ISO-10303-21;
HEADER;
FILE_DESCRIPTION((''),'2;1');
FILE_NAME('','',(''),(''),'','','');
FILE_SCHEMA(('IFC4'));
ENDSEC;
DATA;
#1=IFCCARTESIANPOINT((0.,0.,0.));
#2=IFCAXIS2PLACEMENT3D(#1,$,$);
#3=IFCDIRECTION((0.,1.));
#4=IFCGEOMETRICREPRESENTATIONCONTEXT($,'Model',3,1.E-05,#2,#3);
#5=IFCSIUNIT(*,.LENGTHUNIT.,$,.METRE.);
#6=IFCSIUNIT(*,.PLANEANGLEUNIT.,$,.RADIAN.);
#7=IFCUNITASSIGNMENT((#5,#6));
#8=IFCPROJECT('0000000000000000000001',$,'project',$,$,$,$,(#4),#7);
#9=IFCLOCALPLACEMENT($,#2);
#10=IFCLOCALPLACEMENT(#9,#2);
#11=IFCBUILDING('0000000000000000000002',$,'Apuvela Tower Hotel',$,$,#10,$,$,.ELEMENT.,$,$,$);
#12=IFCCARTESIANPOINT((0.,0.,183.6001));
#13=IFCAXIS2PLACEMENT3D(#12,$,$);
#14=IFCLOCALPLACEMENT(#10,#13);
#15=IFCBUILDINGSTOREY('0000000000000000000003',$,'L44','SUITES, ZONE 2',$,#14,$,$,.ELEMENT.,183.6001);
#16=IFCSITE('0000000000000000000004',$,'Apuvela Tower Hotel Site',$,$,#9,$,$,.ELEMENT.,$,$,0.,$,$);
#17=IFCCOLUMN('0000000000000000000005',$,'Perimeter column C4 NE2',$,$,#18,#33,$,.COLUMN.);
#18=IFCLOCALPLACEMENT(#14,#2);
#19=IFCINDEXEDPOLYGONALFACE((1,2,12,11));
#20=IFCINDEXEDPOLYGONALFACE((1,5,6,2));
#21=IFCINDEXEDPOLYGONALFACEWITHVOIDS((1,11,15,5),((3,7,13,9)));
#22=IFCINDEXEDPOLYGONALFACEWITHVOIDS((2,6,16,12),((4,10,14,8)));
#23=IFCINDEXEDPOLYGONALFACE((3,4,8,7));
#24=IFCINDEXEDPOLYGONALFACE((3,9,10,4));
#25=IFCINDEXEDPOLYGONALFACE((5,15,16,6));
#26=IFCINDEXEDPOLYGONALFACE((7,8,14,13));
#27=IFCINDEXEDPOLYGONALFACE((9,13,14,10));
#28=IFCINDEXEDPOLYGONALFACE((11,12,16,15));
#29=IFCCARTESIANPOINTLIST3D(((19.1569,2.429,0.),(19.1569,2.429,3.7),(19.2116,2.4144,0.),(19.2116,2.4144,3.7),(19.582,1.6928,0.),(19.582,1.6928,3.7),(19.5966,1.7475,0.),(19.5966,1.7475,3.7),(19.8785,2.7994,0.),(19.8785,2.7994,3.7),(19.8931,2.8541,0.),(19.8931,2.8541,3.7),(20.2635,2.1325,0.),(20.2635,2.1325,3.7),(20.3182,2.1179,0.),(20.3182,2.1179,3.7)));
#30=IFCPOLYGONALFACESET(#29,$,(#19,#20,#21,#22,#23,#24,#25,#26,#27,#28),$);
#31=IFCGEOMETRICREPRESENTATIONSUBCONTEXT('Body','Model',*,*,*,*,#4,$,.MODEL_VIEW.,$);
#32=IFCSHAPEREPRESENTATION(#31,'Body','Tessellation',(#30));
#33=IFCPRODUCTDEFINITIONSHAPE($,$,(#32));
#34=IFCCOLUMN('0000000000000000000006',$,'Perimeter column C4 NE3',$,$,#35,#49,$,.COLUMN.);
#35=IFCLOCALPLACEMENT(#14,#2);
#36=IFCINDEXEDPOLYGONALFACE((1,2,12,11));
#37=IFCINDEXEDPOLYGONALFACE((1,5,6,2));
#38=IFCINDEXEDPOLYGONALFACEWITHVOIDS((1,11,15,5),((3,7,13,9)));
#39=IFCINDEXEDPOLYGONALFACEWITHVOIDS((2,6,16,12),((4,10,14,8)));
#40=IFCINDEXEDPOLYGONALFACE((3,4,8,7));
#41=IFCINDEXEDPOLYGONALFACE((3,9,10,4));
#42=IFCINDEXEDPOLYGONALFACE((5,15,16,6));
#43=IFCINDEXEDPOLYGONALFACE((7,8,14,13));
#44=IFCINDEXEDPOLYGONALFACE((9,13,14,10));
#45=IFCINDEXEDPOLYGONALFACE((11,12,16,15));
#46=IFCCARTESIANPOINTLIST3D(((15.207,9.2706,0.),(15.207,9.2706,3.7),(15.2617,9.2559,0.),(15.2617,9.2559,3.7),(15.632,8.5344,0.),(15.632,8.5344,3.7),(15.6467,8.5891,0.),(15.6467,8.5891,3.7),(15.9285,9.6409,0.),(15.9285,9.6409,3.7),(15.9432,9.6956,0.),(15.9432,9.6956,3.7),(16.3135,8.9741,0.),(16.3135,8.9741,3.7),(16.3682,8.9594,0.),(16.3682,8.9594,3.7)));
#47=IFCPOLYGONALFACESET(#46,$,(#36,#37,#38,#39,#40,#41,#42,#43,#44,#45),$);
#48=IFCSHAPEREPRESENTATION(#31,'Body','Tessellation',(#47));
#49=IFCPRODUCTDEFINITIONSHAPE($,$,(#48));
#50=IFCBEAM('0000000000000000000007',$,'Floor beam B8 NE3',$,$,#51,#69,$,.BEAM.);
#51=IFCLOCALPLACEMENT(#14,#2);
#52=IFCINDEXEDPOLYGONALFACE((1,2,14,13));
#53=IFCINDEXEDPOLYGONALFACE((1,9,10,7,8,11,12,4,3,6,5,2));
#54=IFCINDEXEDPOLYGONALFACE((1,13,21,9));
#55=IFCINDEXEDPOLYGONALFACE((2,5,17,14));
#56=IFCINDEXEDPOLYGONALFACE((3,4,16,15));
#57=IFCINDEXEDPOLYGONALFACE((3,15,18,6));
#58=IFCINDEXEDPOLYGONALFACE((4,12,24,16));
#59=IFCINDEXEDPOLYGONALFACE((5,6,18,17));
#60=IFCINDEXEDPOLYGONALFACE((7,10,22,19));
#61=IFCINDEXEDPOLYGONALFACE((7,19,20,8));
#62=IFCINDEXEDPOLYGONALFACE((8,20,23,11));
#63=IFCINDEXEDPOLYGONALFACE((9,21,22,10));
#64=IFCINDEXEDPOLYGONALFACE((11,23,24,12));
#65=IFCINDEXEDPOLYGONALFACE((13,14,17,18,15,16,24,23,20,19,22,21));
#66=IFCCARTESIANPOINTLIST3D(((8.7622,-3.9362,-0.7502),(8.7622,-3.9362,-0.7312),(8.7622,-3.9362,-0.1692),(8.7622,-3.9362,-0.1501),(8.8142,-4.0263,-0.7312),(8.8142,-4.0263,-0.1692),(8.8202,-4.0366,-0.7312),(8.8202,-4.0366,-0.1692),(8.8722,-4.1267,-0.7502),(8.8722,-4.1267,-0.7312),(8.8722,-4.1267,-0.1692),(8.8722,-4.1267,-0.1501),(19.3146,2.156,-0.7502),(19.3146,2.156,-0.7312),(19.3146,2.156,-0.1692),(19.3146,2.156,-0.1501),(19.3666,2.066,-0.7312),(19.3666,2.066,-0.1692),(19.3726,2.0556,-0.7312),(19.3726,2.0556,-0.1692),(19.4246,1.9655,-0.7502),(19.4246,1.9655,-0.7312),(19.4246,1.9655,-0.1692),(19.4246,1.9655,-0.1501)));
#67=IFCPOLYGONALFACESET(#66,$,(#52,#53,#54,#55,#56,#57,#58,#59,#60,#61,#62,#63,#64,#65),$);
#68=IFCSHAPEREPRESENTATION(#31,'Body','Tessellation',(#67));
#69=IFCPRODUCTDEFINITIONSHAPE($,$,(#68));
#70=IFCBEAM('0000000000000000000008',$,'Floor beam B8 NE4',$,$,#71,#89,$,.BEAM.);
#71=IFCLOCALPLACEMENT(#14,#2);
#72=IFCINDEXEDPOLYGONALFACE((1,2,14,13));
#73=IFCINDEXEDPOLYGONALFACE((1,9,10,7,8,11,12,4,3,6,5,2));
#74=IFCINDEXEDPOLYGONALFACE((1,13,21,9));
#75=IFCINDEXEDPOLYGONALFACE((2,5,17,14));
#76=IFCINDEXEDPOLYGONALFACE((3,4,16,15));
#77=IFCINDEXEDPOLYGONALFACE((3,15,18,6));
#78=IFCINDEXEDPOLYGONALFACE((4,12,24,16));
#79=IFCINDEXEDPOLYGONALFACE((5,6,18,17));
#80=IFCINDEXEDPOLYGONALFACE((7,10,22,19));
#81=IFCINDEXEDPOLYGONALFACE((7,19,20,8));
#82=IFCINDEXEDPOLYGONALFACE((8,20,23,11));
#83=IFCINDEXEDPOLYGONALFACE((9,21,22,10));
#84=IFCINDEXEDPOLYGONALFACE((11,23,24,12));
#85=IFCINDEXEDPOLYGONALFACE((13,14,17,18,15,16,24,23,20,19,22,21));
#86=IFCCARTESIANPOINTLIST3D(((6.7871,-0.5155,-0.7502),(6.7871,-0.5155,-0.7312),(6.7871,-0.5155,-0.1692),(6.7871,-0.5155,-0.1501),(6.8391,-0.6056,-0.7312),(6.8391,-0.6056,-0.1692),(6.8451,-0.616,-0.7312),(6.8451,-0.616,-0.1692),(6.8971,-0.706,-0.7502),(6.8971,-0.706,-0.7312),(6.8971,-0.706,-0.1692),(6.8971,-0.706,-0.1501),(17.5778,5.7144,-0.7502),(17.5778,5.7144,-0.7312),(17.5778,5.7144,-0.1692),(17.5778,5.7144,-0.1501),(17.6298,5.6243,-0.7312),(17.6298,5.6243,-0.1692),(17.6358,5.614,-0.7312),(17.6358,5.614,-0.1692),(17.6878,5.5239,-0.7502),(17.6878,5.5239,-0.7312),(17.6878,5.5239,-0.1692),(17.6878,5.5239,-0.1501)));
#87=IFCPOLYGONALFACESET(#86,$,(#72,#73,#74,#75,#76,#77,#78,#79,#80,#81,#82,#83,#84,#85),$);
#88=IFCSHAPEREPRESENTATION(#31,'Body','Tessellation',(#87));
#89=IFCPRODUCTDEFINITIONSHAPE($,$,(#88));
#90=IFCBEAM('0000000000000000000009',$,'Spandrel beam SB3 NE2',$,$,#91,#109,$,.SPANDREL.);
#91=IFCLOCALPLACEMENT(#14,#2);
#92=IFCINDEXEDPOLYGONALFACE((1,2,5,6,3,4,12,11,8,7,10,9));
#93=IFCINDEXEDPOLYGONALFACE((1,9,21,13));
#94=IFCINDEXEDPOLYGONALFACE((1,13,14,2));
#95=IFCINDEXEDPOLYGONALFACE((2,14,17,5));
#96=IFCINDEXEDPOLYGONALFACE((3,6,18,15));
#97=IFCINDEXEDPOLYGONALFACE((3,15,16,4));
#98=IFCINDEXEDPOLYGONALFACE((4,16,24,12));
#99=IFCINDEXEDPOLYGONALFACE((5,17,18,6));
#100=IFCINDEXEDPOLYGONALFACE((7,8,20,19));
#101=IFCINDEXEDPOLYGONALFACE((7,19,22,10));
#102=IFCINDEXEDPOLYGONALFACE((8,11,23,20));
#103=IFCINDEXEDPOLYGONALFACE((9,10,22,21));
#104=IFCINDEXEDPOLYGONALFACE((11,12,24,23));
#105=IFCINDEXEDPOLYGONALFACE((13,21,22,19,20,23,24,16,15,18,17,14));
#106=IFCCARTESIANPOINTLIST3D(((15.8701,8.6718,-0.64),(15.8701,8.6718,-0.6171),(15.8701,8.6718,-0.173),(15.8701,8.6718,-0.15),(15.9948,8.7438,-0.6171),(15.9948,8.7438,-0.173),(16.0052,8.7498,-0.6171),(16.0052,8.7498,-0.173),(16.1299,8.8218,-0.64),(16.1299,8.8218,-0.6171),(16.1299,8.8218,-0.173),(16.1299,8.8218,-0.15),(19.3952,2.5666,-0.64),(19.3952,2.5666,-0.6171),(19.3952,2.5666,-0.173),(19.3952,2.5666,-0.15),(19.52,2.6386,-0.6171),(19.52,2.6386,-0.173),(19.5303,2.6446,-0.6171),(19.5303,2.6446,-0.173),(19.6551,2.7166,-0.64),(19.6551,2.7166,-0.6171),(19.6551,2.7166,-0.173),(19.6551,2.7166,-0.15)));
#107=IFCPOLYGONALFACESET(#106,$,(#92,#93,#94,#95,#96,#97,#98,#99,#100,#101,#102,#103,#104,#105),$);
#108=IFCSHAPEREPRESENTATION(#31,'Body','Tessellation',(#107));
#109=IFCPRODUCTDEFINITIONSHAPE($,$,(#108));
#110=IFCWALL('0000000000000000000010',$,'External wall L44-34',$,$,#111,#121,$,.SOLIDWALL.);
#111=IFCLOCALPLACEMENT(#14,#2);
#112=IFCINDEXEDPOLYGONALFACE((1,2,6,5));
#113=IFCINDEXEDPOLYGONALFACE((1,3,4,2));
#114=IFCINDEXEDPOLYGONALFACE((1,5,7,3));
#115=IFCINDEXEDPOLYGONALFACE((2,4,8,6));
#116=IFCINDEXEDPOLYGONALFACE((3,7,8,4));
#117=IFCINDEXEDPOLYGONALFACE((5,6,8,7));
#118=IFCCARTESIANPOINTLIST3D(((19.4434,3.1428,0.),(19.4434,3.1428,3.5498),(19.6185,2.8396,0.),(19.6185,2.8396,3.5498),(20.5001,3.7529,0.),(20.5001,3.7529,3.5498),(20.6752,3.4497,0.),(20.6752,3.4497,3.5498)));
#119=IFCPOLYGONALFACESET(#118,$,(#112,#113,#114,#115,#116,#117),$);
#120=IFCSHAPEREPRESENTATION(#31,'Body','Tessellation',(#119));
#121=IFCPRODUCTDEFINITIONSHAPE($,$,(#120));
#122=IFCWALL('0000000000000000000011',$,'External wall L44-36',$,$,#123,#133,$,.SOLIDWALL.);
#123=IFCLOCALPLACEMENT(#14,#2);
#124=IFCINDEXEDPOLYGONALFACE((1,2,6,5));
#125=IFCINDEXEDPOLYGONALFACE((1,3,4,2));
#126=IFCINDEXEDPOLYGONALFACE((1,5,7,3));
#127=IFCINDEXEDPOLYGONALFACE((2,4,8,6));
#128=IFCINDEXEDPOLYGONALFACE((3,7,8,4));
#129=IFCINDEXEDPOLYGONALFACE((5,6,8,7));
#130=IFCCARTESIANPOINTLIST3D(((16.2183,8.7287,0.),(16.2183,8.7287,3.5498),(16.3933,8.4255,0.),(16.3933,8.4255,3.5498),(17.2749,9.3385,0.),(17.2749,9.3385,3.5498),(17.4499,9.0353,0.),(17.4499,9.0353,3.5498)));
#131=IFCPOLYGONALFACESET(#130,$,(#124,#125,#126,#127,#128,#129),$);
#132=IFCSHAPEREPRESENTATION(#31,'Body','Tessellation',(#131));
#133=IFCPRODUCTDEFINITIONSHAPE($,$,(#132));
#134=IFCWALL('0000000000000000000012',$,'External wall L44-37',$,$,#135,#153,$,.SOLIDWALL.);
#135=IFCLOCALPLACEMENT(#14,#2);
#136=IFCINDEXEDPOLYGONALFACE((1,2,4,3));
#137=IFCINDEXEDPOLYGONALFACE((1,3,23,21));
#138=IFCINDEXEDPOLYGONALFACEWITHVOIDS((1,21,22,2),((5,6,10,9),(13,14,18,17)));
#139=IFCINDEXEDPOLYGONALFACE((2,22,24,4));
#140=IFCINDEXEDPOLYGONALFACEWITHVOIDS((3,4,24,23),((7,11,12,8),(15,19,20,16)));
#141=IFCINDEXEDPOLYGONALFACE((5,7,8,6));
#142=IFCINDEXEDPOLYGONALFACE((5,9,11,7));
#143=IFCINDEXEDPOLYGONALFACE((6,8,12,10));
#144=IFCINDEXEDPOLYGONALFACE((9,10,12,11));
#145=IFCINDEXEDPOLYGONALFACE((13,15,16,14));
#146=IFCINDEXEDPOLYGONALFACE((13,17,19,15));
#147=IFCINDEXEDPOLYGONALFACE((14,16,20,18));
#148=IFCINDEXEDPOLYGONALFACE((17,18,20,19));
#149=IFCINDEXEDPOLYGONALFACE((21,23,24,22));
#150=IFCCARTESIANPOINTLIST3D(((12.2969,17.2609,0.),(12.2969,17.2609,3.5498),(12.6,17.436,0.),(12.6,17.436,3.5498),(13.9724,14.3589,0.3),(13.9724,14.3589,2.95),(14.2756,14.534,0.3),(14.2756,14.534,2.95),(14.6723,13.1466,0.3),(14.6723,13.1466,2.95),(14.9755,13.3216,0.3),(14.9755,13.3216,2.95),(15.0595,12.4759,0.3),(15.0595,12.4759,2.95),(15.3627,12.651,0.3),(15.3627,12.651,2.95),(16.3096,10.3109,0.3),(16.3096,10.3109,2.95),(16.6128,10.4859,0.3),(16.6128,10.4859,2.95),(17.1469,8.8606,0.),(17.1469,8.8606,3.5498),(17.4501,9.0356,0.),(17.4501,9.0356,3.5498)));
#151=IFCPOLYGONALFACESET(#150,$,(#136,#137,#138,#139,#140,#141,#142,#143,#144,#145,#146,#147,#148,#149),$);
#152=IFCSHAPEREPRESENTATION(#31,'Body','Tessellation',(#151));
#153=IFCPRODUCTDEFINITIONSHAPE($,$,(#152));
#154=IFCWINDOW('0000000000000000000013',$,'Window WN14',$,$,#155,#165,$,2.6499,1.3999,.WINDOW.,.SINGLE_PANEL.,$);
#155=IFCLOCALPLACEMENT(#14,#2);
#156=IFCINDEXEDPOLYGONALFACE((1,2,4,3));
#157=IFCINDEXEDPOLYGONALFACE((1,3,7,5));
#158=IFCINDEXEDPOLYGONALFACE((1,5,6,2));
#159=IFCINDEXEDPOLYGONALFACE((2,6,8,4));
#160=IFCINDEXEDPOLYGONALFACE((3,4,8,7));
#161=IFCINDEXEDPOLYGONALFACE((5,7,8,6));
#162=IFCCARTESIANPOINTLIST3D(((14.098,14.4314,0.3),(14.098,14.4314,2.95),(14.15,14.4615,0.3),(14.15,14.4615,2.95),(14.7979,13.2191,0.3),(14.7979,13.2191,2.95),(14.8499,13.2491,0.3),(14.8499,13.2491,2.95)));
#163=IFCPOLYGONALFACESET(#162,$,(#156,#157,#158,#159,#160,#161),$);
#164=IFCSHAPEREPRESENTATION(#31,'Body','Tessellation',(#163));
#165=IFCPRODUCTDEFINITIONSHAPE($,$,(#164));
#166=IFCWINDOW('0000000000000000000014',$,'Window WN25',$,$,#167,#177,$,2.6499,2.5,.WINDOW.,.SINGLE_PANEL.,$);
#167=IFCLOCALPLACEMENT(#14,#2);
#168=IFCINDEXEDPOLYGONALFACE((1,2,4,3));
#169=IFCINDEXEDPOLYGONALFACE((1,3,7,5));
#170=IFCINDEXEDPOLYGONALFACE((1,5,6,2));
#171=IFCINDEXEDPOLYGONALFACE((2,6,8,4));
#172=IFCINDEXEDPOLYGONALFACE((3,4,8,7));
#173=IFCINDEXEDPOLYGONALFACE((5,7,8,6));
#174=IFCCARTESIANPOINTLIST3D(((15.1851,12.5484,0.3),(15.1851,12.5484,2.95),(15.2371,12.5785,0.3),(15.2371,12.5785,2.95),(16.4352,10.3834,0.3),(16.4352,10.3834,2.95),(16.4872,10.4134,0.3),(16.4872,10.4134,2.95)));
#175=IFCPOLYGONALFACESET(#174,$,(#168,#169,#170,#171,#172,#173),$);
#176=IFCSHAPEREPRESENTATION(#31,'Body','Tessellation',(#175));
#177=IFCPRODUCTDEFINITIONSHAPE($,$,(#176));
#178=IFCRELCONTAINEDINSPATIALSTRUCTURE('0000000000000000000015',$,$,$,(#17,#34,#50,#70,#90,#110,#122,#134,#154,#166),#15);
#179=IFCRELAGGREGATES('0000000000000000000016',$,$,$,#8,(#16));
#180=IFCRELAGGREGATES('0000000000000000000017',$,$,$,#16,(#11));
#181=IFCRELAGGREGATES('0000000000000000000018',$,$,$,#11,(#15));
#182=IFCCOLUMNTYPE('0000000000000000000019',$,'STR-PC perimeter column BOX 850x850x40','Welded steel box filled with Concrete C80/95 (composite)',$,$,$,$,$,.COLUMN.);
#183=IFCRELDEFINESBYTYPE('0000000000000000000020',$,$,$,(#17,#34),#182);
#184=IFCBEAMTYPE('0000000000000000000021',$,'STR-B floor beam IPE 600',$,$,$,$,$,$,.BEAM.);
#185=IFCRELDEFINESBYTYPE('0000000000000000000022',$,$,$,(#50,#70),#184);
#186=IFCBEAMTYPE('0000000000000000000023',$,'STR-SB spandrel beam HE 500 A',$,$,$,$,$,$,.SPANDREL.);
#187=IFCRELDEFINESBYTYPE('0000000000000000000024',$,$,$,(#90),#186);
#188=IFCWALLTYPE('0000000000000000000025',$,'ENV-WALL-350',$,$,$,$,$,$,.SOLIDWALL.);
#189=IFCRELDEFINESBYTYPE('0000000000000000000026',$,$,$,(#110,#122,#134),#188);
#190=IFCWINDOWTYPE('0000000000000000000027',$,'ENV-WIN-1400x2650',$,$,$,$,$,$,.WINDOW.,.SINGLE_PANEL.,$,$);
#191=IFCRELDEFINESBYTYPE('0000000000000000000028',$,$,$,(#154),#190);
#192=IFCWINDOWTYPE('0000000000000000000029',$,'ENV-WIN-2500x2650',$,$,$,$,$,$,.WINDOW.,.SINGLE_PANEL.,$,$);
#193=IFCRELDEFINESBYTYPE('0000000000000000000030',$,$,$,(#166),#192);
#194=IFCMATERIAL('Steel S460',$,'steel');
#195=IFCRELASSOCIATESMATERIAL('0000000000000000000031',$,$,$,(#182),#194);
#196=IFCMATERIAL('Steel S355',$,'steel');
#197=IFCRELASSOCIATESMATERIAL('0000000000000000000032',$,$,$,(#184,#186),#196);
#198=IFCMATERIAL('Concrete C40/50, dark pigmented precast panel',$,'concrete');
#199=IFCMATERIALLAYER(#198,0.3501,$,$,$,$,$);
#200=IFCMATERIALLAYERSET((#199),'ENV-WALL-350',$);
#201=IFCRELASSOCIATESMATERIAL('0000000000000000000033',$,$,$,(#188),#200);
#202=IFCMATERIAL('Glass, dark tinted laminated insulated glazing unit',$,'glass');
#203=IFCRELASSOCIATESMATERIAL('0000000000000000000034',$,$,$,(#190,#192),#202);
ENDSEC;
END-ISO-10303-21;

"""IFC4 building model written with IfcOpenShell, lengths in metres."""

from ifc_helpers import new_model, si_unit, direction, frame, frame_2d, origin, origin_2d, place, context, subcontext, project, spatial, rectangle, hollow_rectangle, i_section, extrude, material, layer, layer_set, material_profile, profile_set, type_object, element, fill, save


model = new_model("IFC4")

# Units and contexts
model_context = context("Model", 3, precision=1e-05, world=origin(), true_north=direction((0.0, 1.0)))
body_context = subcontext(model_context, "Body", "Model", "MODEL_VIEW")
ifc_project = project(units=[si_unit("LENGTHUNIT", "METRE"), si_unit("PLANEANGLEUNIT", "RADIAN")], contexts=[model_context])

# Site, building, storey
site_placement = place(None, origin())
site = spatial("IfcSite", under=ifc_project, at=site_placement, Name="Apuvela Tower Hotel Site", CompositionType="ELEMENT", RefElevation=0.0)
building_placement = place(site_placement, origin())
building = spatial("IfcBuilding", under=site, at=building_placement, Name="Apuvela Tower Hotel", CompositionType="ELEMENT")
storey_placement = place(building_placement, frame((0.0, 0.0, 183.6001)))
storey = spatial("IfcBuildingStorey", under=building, at=storey_placement, Name="L44", Description="SUITES, ZONE 2", CompositionType="ELEMENT", Elevation=183.6001)

# Columns
ifc_material_1 = material(Name="Steel S460", Category="steel")
ifc_material_profile_1 = material_profile(ifc_material_1, hollow_rectangle(XDim=0.8501, YDim=0.8501, WallThickness=0.04, at=origin_2d()), Name="BOX 850x850x40")
ifc_material_2 = material(Name="Concrete C80/95", Category="concrete")
ifc_material_profile_2 = material_profile(ifc_material_2, rectangle(XDim=0.77, YDim=0.77, at=origin_2d()), Name="Concrete C80/95 infill")
ifc_profile_set_1 = profile_set([ifc_material_profile_1, ifc_material_profile_2], Name="Steel S460")
column_type = type_object("IfcColumnType", Name="STR-PC perimeter column BOX 850x850x40", Description="Welded steel box filled with Concrete C80/95 (composite)", PredefinedType="COLUMN", material=ifc_profile_set_1)
for number, where, z_axis, x_axis, name in (
    (1, (19.7375, 2.2734, 0.0), (0.0, 0.0, 1.0), (-0.5, 0.866025, 0.0), "Perimeter column C4 NE2"),
    (2, (15.7876, 9.115, 0.0), (0.0, 0.0, 1.0), (-0.5, 0.866025, 0.0), "Perimeter column C4 NE3"),
):
    element("IfcColumn", number, at=place(storey_placement, frame(where, z_axis=z_axis, x_axis=x_axis)), inside=storey, type_object=column_type, Name=name, PredefinedType="COLUMN", context=body_context, shape_type="SweptSolid", body=[
        extrude(hollow_rectangle(XDim=0.8501, YDim=0.8501, WallThickness=0.04, at=origin_2d()), origin(), (0.0, 0.0, 1.0), 3.7),
    ])

# Beams
ifc_material_3 = material(Name="Steel S355", Category="steel")
ifc_material_profile_3 = material_profile(ifc_material_3, i_section(OverallWidth=0.22, OverallDepth=0.6001, WebThickness=0.012, FlangeThickness=0.019, at=origin_2d()), Name="IPE 600")
ifc_profile_set_2 = profile_set([ifc_material_profile_3], Name="Steel S355")
beam_type_1 = type_object("IfcBeamType", Name="STR-B floor beam IPE 600", PredefinedType="BEAM", material=ifc_profile_set_2)
beam_1_placement = place(storey_placement, frame((19.3696, 2.0608, -0.4502), z_axis=(-0.866032, -0.499988, 0.0), x_axis=(0.499988, -0.866032, 0.0)))
element("IfcBeam", 3, at=beam_1_placement, inside=storey, type_object=beam_type_1, Name="Floor beam B8 NE3", PredefinedType="BEAM", context=body_context, shape_type="SweptSolid", body=[
    extrude(i_section(OverallWidth=0.22, OverallDepth=0.6001, WebThickness=0.012, FlangeThickness=0.019, at=origin_2d()), origin(), (0.0, 0.0, 1.0), 12.1848),
])
beam_2_placement = place(storey_placement, frame((17.6328, 5.6191, -0.4502), z_axis=(-0.866028, -0.499996, 0.0), x_axis=(0.499996, -0.866028, 0.0)))
element("IfcBeam", 4, at=beam_2_placement, inside=storey, type_object=beam_type_1, Name="Floor beam B8 NE4", PredefinedType="BEAM", context=body_context, shape_type="SweptSolid", body=[
    extrude(i_section(OverallWidth=0.22, OverallDepth=0.6001, WebThickness=0.012, FlangeThickness=0.019, at=origin_2d()), origin(), (0.0, 0.0, 1.0), 12.46),
])
ifc_material_profile_4 = material_profile(ifc_material_3, i_section(OverallWidth=0.3, OverallDepth=0.49, WebThickness=0.012, FlangeThickness=0.0229, at=origin_2d()), Name="HE 500 A")
ifc_profile_set_3 = profile_set([ifc_material_profile_4], Name="Steel S355")
beam_type_2 = type_object("IfcBeamType", Name="STR-SB spandrel beam HE 500 A", PredefinedType="SPANDREL", material=ifc_profile_set_3)
beam_3_placement = place(storey_placement, frame((19.5251, 2.6416, -0.395), z_axis=(-0.500031, 0.866007, 0.0), x_axis=(-0.866007, -0.500031, 0.0)))
element("IfcBeam", 5, at=beam_3_placement, inside=storey, type_object=beam_type_2, Name="Spandrel beam SB3 NE2", PredefinedType="SPANDREL", context=body_context, shape_type="SweptSolid", body=[
    extrude(i_section(OverallWidth=0.3, OverallDepth=0.49, WebThickness=0.012, FlangeThickness=0.0229, at=origin_2d()), origin(), (0.0, 0.0, 1.0), 7.0498),
])

# Wall
ifc_material_4 = material(Name="Concrete C40/50, dark pigmented precast panel", Category="concrete")
ifc_layer_1 = layer(ifc_material_4, 0.3501)
ifc_layer_set_1 = layer_set([ifc_layer_1], Name="ENV-WALL-350")
wall_type_1 = type_object("IfcWallType", Name="ENV-WALL-350", PredefinedType="SOLIDWALL", material=ifc_layer_set_1)
wall_1_placement = place(storey_placement, frame((20.5876, 3.6013, 0.0), z_axis=(0.0, 0.0, 1.0), x_axis=(-0.866006, -0.500034, 0.0)))
element("IfcWall", 6, at=wall_1_placement, inside=storey, type_object=wall_type_1, Name="External wall L44-34", PredefinedType="SOLIDWALL", context=body_context, shape_type="SweptSolid", body=[
    extrude(rectangle(XDim=1.2202, YDim=0.3501, at=frame_2d((0.6101, 0.0))), origin(), (0.0, 0.0, 1.0), 3.5498),
])

# Shared definitions
ifc_material_5 = material(Name="Glass, dark tinted laminated insulated glazing unit", Category="glass")

# Wall
wall_2_placement = place(storey_placement, frame((16.3059, 8.5771, 0.0), z_axis=(0.0, 0.0, 1.0), x_axis=(0.866092, 0.499884, 0.0)))
element("IfcWall", 7, at=wall_2_placement, inside=storey, type_object=wall_type_1, Name="External wall L44-36", PredefinedType="SOLIDWALL", context=body_context, shape_type="SweptSolid", body=[
    extrude(rectangle(XDim=1.22, YDim=0.3501, at=frame_2d((0.6099, 0.0))), origin(), (0.0, 0.0, 1.0), 3.5498),
])

# Wall, openings, windows
wall_3_placement = place(storey_placement, frame((17.2986, 8.948, 0.0), z_axis=(0.0, 0.0, 1.0), x_axis=(-0.50001, 0.86602, 0.0)))
wall_3 = element("IfcWall", 8, at=wall_3_placement, inside=storey, type_object=wall_type_1, Name="External wall L44-37", PredefinedType="SOLIDWALL", context=body_context, shape_type="SweptSolid", body=[
    extrude(rectangle(XDim=9.7, YDim=0.3501, at=frame_2d((4.8501, 0.0))), origin(), (0.0, 0.0, 1.0), 3.5498),
])
opening_1_placement = place(wall_3_placement, frame((1.6748, 0.0, 0.3)))
opening_1 = element("IfcOpeningElement", 9, at=opening_1_placement, cuts=wall_3, PredefinedType="OPENING", context=body_context, shape_type="SweptSolid", body=[
    extrude(rectangle(XDim=2.5, YDim=2.6499, at=frame_2d((1.25, 1.325))), frame((0.0, 0.1851, 0.0), z_axis=(0.0, -1.0, 0.0), x_axis=(1.0, 0.0, 0.0)), (0.0, 0.0, 1.0), 0.3701),
])
opening_2_placement = place(wall_3_placement, frame((4.9492, 0.0, 0.3)))
opening_2 = element("IfcOpeningElement", 10, at=opening_2_placement, cuts=wall_3, PredefinedType="OPENING", context=body_context, shape_type="SweptSolid", body=[
    extrude(rectangle(XDim=1.3999, YDim=2.6499, at=frame_2d((0.7, 1.325))), frame((0.0, 0.1851, 0.0), z_axis=(0.0, -1.0, 0.0), x_axis=(1.0, 0.0, 0.0)), (0.0, 0.0, 1.0), 0.3701),
])
window_type_1 = type_object("IfcWindowType", Name="ENV-WIN-1400x2650", PartitioningType="SINGLE_PANEL", PredefinedType="WINDOW", material=ifc_material_5)
window_1_placement = place(opening_2_placement, origin())
window_1 = element("IfcWindow", 11, at=window_1_placement, inside=storey, type_object=window_type_1, Name="Window WN14", OverallHeight=2.6499, OverallWidth=1.3999, PartitioningType="SINGLE_PANEL", PredefinedType="WINDOW", context=body_context, shape_type="SweptSolid", body=[
    extrude(rectangle(XDim=1.3999, YDim=2.6499, at=frame_2d((0.7, 1.325))), frame((0.0, 0.03, 0.0), z_axis=(0.0, -1.0, 0.0), x_axis=(1.0, 0.0, 0.0)), (0.0, 0.0, 1.0), 0.0601),
])
fill(opening_2, window_1)
window_type_2 = type_object("IfcWindowType", Name="ENV-WIN-2500x2650", PartitioningType="SINGLE_PANEL", PredefinedType="WINDOW", material=ifc_material_5)
window_2_placement = place(opening_1_placement, origin())
window_2 = element("IfcWindow", 12, at=window_2_placement, inside=storey, type_object=window_type_2, Name="Window WN25", OverallHeight=2.6499, OverallWidth=2.5, PartitioningType="SINGLE_PANEL", PredefinedType="WINDOW", context=body_context, shape_type="SweptSolid", body=[
    extrude(rectangle(XDim=2.5, YDim=2.6499, at=frame_2d((1.25, 1.325))), frame((0.0, 0.03, 0.0), z_axis=(0.0, -1.0, 0.0), x_axis=(1.0, 0.0, 0.0)), (0.0, 0.0, 1.0), 0.0601),
])
fill(opening_1, window_2)

save(model, "model.ifc")
